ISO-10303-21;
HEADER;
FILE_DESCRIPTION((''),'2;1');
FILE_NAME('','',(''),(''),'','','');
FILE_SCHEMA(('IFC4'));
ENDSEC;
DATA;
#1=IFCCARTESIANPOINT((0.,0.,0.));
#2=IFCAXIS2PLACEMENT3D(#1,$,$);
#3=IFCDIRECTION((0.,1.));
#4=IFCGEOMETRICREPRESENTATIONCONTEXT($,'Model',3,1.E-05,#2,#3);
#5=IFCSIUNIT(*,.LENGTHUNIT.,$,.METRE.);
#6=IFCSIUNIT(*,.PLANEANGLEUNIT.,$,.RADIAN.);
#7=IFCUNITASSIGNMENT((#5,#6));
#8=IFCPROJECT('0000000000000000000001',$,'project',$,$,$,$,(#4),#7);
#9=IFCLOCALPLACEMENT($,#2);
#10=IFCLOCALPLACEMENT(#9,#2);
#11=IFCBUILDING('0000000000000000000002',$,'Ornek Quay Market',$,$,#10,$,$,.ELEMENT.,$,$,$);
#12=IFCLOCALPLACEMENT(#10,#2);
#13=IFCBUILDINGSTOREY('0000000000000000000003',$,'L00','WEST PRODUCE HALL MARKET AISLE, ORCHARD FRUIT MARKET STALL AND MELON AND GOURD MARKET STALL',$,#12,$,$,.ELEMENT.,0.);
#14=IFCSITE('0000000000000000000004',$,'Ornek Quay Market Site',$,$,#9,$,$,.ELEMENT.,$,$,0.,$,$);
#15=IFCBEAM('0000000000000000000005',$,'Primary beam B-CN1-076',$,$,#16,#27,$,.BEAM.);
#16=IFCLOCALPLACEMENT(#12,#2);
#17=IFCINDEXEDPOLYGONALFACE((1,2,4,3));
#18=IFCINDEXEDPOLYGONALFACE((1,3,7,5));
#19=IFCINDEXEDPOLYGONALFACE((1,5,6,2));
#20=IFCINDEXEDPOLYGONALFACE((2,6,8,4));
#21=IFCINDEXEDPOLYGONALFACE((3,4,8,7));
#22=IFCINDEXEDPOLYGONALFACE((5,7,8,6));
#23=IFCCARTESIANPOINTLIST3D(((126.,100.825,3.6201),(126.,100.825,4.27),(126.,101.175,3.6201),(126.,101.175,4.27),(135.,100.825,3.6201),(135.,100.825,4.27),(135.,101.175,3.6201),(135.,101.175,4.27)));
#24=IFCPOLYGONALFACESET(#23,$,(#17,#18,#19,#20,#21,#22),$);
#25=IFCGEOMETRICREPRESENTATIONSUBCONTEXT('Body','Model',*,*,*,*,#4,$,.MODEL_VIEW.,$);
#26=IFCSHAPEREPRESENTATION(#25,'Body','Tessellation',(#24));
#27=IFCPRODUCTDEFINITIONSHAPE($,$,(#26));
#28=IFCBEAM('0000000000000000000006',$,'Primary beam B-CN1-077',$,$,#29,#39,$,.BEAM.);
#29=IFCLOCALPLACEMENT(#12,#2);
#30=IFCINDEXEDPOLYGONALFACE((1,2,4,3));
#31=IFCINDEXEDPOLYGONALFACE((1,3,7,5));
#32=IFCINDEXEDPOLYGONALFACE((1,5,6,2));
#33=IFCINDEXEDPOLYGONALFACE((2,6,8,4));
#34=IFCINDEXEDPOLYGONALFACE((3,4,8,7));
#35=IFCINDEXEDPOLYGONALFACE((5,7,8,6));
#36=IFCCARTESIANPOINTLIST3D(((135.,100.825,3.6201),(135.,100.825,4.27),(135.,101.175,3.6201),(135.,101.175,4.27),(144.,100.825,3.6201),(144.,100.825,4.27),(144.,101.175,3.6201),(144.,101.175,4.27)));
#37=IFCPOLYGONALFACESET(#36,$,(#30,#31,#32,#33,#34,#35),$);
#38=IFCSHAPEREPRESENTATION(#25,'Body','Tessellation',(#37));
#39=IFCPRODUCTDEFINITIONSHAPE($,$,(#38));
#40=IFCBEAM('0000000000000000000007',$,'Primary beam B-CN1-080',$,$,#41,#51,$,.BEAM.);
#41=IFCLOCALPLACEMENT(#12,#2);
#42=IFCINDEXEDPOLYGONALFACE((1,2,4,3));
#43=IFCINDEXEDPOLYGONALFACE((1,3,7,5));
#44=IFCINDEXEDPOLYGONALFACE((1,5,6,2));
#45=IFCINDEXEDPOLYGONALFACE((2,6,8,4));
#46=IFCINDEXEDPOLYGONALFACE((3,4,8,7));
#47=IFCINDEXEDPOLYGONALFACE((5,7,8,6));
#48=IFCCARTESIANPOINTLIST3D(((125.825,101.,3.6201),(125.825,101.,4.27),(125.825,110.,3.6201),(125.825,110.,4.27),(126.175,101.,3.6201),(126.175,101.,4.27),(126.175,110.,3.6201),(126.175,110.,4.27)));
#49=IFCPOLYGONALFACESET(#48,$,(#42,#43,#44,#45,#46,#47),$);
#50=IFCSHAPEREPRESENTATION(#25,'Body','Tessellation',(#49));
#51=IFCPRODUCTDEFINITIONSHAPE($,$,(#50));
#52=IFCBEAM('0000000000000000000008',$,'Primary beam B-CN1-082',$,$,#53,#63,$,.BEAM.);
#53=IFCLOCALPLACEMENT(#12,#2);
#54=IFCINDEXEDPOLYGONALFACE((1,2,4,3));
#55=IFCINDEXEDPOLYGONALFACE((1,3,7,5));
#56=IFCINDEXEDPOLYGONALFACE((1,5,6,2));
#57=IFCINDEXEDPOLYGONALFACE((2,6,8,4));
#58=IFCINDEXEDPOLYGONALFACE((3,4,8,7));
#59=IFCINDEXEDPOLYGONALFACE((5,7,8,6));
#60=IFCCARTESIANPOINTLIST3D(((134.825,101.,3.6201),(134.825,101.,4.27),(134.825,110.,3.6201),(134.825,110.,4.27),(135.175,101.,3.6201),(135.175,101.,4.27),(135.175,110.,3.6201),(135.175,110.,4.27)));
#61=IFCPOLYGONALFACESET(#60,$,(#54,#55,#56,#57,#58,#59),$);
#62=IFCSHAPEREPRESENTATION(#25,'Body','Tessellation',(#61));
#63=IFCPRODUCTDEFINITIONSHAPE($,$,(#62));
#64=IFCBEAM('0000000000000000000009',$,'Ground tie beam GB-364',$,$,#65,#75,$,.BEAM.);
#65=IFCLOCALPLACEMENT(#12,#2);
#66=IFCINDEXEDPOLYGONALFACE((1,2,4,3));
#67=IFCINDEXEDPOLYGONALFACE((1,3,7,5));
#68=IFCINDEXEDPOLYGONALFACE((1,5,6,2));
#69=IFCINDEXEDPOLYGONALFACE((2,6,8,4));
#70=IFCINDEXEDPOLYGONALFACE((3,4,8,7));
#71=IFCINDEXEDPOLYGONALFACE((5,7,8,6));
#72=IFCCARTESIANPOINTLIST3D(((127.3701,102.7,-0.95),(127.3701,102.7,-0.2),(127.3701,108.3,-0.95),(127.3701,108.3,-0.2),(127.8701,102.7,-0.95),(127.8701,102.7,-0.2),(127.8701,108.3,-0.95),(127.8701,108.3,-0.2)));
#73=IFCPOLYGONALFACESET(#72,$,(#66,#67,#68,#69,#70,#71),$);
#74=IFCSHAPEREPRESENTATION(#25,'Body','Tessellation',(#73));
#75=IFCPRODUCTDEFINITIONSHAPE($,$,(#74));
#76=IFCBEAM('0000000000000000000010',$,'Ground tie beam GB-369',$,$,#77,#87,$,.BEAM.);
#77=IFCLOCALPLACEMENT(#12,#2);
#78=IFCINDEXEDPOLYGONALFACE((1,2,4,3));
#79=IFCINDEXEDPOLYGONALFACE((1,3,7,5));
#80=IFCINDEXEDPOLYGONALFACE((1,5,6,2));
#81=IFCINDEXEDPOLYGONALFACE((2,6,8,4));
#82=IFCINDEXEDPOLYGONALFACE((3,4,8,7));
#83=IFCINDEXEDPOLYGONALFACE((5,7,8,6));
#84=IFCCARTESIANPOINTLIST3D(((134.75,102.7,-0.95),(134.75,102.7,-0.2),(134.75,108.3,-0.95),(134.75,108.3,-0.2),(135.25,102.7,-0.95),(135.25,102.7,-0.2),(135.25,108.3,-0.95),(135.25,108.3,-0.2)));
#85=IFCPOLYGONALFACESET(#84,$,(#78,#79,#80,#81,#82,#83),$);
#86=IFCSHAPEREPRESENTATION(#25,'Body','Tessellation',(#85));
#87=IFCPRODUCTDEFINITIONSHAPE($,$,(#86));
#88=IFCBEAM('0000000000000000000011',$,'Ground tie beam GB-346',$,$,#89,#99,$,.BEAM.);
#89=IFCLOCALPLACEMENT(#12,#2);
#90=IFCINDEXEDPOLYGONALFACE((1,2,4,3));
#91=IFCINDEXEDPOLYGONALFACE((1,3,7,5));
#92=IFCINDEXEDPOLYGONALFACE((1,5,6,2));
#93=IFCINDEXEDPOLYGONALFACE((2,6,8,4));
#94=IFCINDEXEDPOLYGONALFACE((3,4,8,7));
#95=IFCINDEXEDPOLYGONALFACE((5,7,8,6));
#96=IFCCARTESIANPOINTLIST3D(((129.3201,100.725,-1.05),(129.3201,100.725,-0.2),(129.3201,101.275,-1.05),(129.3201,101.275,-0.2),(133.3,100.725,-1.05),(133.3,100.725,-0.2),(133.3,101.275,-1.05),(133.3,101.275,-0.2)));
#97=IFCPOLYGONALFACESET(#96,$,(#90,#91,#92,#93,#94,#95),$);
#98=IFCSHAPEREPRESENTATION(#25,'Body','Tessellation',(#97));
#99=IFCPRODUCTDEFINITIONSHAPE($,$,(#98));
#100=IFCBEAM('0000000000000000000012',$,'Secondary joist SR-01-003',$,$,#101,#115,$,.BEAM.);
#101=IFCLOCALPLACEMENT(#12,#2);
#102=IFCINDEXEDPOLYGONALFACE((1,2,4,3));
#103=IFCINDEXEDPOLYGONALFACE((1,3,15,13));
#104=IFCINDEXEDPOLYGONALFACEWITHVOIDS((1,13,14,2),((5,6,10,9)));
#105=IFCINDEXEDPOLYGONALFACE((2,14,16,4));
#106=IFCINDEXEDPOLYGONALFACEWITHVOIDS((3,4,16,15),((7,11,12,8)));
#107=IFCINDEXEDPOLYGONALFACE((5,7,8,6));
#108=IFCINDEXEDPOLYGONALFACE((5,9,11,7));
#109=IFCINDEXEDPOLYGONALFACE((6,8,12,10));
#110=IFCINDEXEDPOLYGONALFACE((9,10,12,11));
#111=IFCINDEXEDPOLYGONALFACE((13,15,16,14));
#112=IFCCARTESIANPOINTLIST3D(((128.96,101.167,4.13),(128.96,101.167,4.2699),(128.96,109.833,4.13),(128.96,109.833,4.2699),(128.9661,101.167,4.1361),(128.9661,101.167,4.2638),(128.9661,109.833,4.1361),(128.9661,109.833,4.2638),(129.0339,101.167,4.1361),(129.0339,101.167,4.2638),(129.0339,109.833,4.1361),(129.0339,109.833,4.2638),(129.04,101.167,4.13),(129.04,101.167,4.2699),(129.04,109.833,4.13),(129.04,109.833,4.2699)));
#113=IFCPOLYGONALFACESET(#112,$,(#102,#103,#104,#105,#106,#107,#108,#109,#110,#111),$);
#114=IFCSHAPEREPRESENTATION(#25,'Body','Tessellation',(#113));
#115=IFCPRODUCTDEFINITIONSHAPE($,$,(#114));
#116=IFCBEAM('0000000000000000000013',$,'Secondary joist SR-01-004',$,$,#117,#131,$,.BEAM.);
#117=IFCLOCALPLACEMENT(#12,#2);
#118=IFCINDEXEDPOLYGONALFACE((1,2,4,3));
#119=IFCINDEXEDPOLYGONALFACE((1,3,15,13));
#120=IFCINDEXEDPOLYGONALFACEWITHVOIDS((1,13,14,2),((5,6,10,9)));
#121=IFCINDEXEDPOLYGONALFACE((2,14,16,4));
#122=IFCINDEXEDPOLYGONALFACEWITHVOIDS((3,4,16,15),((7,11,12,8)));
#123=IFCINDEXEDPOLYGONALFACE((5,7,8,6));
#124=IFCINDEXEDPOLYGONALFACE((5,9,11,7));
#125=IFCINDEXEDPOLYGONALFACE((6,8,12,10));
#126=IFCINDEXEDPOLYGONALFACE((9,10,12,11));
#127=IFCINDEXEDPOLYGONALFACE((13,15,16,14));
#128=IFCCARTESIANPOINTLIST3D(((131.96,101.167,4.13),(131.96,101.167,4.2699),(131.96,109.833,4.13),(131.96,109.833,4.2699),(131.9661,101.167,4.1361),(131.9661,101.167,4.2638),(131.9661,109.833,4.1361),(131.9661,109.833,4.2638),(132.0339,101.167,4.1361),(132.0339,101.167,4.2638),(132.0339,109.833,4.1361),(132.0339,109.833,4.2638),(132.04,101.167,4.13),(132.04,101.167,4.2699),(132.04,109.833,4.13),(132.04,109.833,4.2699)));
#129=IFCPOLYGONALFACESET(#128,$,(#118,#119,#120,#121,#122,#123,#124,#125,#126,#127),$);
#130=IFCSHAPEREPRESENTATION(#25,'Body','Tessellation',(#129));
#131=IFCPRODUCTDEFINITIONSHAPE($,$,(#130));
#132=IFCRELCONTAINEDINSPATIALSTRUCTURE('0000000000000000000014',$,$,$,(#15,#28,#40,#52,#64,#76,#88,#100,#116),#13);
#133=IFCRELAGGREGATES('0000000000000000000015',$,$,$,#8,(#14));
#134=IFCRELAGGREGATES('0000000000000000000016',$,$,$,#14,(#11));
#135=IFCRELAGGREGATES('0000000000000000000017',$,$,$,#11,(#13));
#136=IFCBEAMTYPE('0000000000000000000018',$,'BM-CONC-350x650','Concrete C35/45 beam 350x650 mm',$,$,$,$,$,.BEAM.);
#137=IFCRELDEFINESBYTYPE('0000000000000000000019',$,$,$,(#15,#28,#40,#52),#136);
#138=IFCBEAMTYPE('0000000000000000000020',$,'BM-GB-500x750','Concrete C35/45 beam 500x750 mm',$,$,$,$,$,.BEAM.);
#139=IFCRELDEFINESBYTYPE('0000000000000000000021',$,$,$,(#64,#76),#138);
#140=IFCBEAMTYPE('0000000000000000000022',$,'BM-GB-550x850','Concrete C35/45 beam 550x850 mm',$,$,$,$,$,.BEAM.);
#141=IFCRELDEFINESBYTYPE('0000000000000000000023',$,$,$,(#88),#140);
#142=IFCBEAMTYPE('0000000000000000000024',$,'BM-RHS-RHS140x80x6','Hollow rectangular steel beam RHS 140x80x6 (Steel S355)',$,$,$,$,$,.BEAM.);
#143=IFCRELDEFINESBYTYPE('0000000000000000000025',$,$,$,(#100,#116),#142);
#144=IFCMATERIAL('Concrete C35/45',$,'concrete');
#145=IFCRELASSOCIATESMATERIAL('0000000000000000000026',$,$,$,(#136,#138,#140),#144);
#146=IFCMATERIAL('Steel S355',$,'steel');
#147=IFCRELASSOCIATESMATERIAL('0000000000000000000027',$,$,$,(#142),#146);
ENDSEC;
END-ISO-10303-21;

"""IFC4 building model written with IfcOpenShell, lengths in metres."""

from ifc_helpers import new_model, si_unit, direction, frame, origin, origin_2d, place, context, subcontext, project, spatial, rectangle, hollow_rectangle, extrude, material, material_profile, profile_set, type_object, element, save


model = new_model("IFC4")

# Units and contexts
model_context = context("Model", 3, precision=1e-05, world=origin(), true_north=direction((0.0, 1.0)))
body_context = subcontext(model_context, "Body", "Model", "MODEL_VIEW")
ifc_project = project(units=[si_unit("LENGTHUNIT", "METRE"), si_unit("PLANEANGLEUNIT", "RADIAN")], contexts=[model_context])

# Site, building, storey
site_placement = place(None, origin())
site = spatial("IfcSite", under=ifc_project, at=site_placement, Name="Ornek Quay Market Site", CompositionType="ELEMENT", RefElevation=0.0)
building_placement = place(site_placement, origin())
building = spatial("IfcBuilding", under=site, at=building_placement, Name="Ornek Quay Market", CompositionType="ELEMENT")
storey_placement = place(building_placement, origin())
storey = spatial("IfcBuildingStorey", under=building, at=storey_placement, Name="L00", Description="WEST PRODUCE HALL MARKET AISLE, ORCHARD FRUIT MARKET STALL AND MELON AND GOURD MARKET STALL", CompositionType="ELEMENT", Elevation=0.0)

# Shared definitions
ifc_material_1 = material(Name="Concrete C35/45", Category="concrete")

# Beams
ifc_material_profile_1 = material_profile(ifc_material_1, rectangle(XDim=0.3501, YDim=0.6499, at=origin_2d()), Name="RC 350x650", Category="concrete")
ifc_profile_set_1 = profile_set([ifc_material_profile_1], Name="Concrete C35/45")
beam_type_1 = type_object("IfcBeamType", Name="BM-CONC-350x650", Description="Concrete C35/45 beam 350x650 mm", PredefinedType="BEAM", material=ifc_profile_set_1)
for number, where, z_axis, x_axis, name in (
    (1, (126.0, 101.0, 3.9451), (1.0, 0.0, 0.0), (0.0, 1.0, 0.0), "Primary beam B-CN1-076"),
    (2, (135.0, 101.0, 3.9451), (1.0, 0.0, 0.0), (0.0, 1.0, 0.0), "Primary beam B-CN1-077"),
    (3, (126.0, 101.0, 3.9451), (0.0, 1.0, 0.0), (-1.0, 0.0, 0.0), "Primary beam B-CN1-080"),
    (4, (135.0, 101.0, 3.9451), (0.0, 1.0, 0.0), (-1.0, 0.0, 0.0), "Primary beam B-CN1-082"),
):
    element("IfcBeam", number, at=place(storey_placement, frame(where, z_axis=z_axis, x_axis=x_axis)), inside=storey, type_object=beam_type_1, Name=name, PredefinedType="BEAM", context=body_context, shape_type="SweptSolid", body=[
        extrude(rectangle(XDim=0.3501, YDim=0.6499, at=origin_2d()), origin(), (0.0, 0.0, 1.0), 9.0),
    ])
ifc_material_profile_2 = material_profile(ifc_material_1, rectangle(XDim=0.5, YDim=0.75, at=origin_2d()), Name="RC 500x750", Category="concrete")
ifc_profile_set_2 = profile_set([ifc_material_profile_2], Name="Concrete C35/45")
beam_type_2 = type_object("IfcBeamType", Name="BM-GB-500x750", Description="Concrete C35/45 beam 500x750 mm", PredefinedType="BEAM", material=ifc_profile_set_2)
for number, where, z_axis, x_axis, name in (
    (5, (127.6201, 102.7, -0.575), (0.0, 1.0, 0.0), (-1.0, 0.0, 0.0), "Ground tie beam GB-364"),
    (6, (135.0, 102.7, -0.575), (0.0, 1.0, 0.0), (-1.0, 0.0, 0.0), "Ground tie beam GB-369"),
):
    element("IfcBeam", number, at=place(storey_placement, frame(where, z_axis=z_axis, x_axis=x_axis)), inside=storey, type_object=beam_type_2, Name=name, PredefinedType="BEAM", context=body_context, shape_type="SweptSolid", body=[
        extrude(rectangle(XDim=0.5, YDim=0.75, at=origin_2d()), origin(), (0.0, 0.0, 1.0), 5.6001),
    ])
ifc_material_profile_3 = material_profile(ifc_material_1, rectangle(XDim=0.55, YDim=0.8501, at=origin_2d()), Name="RC 550x850", Category="concrete")
ifc_profile_set_3 = profile_set([ifc_material_profile_3], Name="Concrete C35/45")
beam_type_3 = type_object("IfcBeamType", Name="BM-GB-550x850", Description="Concrete C35/45 beam 550x850 mm", PredefinedType="BEAM", material=ifc_profile_set_3)
beam_placement = place(storey_placement, frame((129.3201, 101.0, -0.625), z_axis=(1.0, 0.0, 0.0), x_axis=(0.0, 1.0, 0.0)))
element("IfcBeam", 7, at=beam_placement, inside=storey, type_object=beam_type_3, Name="Ground tie beam GB-346", PredefinedType="BEAM", context=body_context, shape_type="SweptSolid", body=[
    extrude(rectangle(XDim=0.55, YDim=0.8501, at=origin_2d()), origin(), (0.0, 0.0, 1.0), 3.98),
])
ifc_material_2 = material(Name="Steel S355", Category="steel")
ifc_material_profile_4 = material_profile(ifc_material_2, hollow_rectangle(XDim=0.0801, YDim=0.1399, WallThickness=0.0061, at=origin_2d()), Name="RHS 140x80x6", Category="steel")
ifc_profile_set_4 = profile_set([ifc_material_profile_4], Name="Steel S355")
beam_type_4 = type_object("IfcBeamType", Name="BM-RHS-RHS140x80x6", Description="Hollow rectangular steel beam RHS 140x80x6 (Steel S355)", PredefinedType="BEAM", material=ifc_profile_set_4)
for number, where, z_axis, x_axis, name in (
    (8, (129.0, 101.167, 4.2), (0.0, 1.0, 0.0), (-1.0, 0.0, 0.0), "Secondary joist SR-01-003"),
    (9, (132.0, 101.167, 4.2), (0.0, 1.0, 0.0), (-1.0, 0.0, 0.0), "Secondary joist SR-01-004"),
):
    element("IfcBeam", number, at=place(storey_placement, frame(where, z_axis=z_axis, x_axis=x_axis)), inside=storey, type_object=beam_type_4, Name=name, PredefinedType="BEAM", context=body_context, shape_type="SweptSolid", body=[
        extrude(hollow_rectangle(XDim=0.0801, YDim=0.1399, WallThickness=0.0061, at=origin_2d()), origin(), (0.0, 0.0, 1.0), 8.666),
    ])

save(model, "model.ifc")
